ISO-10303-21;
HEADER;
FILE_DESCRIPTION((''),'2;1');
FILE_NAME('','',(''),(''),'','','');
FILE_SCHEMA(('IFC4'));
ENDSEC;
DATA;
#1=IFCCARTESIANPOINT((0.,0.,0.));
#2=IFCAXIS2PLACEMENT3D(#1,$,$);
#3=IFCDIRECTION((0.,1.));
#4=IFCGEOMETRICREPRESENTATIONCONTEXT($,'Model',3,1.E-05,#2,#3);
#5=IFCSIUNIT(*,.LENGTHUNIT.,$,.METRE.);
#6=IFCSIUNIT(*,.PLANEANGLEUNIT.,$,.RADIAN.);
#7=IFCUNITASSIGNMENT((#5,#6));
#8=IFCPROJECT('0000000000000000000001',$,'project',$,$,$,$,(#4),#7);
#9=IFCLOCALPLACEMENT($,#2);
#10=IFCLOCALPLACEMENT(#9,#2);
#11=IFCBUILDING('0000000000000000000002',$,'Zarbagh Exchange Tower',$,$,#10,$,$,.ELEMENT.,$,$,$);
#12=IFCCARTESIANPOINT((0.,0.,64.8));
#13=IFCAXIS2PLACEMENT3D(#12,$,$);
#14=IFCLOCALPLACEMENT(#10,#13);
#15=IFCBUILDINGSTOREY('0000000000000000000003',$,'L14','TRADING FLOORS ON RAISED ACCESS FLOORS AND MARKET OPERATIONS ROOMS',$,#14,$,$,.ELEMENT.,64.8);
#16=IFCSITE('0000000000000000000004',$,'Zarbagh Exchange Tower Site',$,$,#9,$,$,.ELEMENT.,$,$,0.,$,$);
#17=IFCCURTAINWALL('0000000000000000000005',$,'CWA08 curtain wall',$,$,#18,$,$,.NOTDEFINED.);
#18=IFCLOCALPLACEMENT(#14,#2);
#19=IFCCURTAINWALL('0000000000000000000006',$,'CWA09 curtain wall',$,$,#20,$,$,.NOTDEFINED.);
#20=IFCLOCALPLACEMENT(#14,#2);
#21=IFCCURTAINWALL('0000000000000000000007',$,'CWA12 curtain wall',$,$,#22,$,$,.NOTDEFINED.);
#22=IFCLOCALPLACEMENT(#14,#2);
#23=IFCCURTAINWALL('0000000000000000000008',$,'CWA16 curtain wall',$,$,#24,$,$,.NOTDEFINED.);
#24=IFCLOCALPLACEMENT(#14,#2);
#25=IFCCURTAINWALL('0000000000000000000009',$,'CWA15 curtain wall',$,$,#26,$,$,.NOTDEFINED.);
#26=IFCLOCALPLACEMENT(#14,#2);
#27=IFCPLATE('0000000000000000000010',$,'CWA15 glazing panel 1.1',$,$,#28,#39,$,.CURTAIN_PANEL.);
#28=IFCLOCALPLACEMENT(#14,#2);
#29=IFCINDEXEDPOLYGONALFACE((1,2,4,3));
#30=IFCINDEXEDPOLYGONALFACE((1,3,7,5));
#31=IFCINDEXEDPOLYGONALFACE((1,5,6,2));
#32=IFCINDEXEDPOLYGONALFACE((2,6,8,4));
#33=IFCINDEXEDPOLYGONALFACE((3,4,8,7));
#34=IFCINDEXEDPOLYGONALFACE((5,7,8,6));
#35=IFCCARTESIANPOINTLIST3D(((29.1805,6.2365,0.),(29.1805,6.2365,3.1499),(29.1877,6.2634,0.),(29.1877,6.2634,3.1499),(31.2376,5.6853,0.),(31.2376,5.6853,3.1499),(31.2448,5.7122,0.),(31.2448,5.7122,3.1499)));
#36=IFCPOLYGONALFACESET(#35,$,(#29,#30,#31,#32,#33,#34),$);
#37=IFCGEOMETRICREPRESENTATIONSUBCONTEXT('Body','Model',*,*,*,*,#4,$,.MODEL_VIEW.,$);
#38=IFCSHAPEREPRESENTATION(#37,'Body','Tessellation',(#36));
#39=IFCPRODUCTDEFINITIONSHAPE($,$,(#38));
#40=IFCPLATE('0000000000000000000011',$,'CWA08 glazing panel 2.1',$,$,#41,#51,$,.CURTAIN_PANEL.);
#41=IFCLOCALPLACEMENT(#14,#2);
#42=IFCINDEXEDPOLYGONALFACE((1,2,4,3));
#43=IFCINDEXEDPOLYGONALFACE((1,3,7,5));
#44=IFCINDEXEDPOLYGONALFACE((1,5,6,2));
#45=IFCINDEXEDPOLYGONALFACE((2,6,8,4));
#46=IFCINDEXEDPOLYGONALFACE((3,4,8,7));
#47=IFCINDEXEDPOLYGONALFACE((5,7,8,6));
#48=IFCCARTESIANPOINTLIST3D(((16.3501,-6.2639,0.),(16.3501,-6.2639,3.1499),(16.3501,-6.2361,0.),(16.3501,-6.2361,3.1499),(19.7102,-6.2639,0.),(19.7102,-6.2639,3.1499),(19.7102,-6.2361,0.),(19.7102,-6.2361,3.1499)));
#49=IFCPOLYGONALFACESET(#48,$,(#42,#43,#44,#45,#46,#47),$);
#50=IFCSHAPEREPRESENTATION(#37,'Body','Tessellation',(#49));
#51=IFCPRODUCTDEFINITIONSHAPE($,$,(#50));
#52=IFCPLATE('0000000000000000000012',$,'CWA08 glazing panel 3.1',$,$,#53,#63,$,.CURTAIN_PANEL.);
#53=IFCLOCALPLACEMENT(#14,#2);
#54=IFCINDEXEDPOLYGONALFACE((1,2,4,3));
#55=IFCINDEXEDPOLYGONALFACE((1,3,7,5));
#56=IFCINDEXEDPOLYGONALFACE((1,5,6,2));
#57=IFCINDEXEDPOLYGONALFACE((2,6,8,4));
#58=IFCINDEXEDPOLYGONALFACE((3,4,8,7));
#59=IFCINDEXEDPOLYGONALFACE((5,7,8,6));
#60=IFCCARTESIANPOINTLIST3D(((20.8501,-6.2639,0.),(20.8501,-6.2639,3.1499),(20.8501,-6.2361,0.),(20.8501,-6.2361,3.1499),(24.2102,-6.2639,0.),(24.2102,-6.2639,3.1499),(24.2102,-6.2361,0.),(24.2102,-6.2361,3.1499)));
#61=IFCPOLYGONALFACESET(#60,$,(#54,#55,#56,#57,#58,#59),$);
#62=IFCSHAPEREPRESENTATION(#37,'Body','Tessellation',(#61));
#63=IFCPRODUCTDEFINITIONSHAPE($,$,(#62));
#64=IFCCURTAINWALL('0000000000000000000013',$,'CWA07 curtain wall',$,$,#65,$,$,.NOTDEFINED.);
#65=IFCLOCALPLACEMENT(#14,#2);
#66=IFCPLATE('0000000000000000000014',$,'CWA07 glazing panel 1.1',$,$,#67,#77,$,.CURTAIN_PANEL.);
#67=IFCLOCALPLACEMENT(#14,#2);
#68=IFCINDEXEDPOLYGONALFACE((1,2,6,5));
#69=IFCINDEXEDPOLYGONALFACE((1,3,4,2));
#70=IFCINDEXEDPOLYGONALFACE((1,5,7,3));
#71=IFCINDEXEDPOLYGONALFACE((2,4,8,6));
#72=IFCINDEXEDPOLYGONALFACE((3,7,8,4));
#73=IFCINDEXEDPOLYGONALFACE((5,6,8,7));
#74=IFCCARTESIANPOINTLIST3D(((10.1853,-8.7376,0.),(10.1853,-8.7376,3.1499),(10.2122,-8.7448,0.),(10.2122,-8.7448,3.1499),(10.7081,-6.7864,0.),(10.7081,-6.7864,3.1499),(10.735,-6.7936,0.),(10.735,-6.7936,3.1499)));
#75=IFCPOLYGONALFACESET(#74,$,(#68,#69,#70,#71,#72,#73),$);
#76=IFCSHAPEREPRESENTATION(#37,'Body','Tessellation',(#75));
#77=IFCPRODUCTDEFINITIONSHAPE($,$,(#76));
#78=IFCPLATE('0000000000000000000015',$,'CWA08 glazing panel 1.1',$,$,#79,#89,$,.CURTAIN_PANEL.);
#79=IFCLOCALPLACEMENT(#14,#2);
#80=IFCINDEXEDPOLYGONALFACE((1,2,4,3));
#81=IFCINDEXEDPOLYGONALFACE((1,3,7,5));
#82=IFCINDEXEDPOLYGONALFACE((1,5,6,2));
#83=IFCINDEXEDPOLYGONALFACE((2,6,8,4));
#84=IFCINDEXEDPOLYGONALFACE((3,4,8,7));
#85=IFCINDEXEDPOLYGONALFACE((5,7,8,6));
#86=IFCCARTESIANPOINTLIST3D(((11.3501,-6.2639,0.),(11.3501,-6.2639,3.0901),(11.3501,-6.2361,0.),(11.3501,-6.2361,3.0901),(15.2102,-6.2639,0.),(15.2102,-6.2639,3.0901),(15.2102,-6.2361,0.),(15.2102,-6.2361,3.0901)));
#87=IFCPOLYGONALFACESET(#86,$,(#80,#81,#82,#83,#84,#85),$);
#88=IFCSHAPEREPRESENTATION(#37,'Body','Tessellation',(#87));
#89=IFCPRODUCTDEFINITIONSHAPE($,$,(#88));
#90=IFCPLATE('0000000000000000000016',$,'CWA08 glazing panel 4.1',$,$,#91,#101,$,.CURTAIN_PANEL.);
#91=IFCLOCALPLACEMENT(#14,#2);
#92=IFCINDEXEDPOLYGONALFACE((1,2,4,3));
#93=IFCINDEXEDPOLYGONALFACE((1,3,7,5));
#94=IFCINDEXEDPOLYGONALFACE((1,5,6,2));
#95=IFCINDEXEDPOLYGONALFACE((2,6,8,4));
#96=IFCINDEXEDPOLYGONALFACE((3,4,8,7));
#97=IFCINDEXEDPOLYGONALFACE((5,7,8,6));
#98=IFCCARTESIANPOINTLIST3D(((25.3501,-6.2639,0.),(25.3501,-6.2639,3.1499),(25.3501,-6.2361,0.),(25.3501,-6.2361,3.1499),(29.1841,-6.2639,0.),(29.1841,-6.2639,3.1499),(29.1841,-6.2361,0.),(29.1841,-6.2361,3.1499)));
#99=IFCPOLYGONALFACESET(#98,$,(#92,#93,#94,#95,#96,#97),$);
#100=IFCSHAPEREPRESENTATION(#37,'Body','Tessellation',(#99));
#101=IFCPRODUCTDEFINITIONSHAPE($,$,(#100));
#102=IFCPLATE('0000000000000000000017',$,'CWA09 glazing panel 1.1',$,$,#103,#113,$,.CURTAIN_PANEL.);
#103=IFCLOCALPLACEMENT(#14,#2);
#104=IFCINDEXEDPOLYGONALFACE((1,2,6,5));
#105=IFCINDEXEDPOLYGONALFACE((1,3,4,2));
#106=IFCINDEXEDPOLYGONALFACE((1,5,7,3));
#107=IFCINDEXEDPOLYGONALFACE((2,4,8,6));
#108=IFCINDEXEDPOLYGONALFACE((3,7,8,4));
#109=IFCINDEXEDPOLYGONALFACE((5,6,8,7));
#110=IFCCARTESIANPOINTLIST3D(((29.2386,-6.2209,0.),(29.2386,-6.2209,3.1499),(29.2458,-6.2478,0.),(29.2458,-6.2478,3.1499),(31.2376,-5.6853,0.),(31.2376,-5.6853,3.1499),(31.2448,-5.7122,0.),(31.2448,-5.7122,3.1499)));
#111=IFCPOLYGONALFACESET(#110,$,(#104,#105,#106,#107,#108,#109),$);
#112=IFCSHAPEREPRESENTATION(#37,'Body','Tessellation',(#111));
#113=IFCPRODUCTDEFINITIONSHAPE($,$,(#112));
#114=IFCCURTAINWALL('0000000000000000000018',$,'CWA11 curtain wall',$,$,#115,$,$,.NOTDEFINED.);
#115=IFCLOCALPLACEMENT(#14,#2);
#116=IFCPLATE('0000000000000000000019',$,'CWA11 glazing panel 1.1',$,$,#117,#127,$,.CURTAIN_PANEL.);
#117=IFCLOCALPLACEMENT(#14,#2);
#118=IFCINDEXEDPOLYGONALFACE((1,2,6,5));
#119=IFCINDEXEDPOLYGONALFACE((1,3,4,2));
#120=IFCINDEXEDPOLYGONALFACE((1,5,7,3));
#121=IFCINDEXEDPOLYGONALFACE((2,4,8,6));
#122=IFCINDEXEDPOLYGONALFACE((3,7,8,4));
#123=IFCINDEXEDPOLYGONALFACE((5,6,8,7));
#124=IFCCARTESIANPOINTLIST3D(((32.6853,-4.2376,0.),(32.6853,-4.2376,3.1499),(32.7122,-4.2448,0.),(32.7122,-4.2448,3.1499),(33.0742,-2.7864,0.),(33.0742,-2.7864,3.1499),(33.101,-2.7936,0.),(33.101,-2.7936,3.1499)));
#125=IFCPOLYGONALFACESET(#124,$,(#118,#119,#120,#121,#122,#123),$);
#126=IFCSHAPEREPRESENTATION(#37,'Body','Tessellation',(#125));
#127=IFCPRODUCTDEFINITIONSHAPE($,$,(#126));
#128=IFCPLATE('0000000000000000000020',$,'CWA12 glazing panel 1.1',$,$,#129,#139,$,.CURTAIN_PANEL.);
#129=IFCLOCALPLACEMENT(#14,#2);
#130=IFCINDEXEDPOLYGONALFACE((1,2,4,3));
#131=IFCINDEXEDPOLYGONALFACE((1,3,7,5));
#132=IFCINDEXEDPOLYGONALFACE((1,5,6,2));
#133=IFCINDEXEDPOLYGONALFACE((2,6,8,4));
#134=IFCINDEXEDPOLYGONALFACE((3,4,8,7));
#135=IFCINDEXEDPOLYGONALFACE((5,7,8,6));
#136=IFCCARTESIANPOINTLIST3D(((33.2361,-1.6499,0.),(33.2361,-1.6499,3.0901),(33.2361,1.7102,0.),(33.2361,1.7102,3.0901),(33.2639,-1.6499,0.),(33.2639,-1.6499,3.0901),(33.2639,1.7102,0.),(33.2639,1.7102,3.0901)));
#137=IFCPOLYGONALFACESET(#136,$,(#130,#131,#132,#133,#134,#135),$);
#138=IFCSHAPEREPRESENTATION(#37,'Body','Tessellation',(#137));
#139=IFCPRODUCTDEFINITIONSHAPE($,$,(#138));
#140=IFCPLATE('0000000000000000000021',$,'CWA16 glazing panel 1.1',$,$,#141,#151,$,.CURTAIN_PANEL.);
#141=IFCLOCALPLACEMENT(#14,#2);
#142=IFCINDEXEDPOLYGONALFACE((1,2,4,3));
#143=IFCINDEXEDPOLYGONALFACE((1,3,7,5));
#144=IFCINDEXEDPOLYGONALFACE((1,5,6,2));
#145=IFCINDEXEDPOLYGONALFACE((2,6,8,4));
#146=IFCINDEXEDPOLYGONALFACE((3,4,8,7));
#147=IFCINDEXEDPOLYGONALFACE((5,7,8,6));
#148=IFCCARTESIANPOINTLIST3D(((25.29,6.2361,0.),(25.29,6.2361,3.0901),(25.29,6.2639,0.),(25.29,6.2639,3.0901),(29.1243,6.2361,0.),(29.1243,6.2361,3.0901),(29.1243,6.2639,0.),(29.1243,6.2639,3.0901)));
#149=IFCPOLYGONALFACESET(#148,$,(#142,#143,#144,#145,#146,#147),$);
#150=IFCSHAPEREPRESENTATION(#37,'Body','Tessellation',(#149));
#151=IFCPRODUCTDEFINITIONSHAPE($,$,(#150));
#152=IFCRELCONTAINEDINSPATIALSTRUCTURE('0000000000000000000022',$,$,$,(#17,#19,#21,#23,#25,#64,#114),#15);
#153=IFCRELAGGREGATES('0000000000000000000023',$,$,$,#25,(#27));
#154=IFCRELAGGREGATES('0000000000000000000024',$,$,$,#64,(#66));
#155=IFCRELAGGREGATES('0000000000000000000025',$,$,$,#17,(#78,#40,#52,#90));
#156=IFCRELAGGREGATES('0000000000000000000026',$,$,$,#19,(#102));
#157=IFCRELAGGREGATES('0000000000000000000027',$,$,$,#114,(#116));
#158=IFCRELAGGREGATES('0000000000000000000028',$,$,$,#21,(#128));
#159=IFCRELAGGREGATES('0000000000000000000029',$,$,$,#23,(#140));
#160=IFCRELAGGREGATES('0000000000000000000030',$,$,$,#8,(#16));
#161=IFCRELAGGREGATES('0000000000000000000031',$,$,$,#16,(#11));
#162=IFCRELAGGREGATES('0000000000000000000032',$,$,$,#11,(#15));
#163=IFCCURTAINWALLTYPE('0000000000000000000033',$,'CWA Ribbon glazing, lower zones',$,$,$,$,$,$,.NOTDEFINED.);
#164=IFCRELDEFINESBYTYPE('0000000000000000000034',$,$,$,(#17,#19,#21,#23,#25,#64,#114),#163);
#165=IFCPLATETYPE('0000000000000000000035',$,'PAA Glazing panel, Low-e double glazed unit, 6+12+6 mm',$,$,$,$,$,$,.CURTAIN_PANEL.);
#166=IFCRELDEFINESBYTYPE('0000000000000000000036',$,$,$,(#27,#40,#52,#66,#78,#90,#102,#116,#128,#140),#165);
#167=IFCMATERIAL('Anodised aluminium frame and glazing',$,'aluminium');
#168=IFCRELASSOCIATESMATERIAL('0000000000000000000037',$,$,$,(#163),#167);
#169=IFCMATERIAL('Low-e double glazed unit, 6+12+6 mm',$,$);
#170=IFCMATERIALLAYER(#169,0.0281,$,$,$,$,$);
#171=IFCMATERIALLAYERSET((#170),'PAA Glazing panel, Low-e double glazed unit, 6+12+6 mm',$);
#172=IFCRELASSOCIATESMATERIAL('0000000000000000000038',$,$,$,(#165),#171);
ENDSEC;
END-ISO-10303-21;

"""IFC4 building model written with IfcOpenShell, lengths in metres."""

from ifc_helpers import new_model, si_unit, direction, frame, origin, place, context, subcontext, project, spatial, polyline, outline, extrude, source, transform, mapped, material, layer, layer_set, type_object, element, aggregate, save


model = new_model("IFC4")

# Units and contexts
model_context = context("Model", 3, precision=1e-05, world=origin(), true_north=direction((0.0, 1.0)))
body_context = subcontext(model_context, "Body", "Model", "MODEL_VIEW")
ifc_project = project(units=[si_unit("LENGTHUNIT", "METRE"), si_unit("PLANEANGLEUNIT", "RADIAN")], contexts=[model_context])

# Site, building, storey
site_placement = place(None, origin())
site = spatial("IfcSite", under=ifc_project, at=site_placement, Name="Zarbagh Exchange Tower Site", CompositionType="ELEMENT", RefElevation=0.0)
building_placement = place(site_placement, origin())
building = spatial("IfcBuilding", under=site, at=building_placement, Name="Zarbagh Exchange Tower", CompositionType="ELEMENT")
storey_placement = place(building_placement, frame((0.0, 0.0, 64.8)))
storey = spatial("IfcBuildingStorey", under=building, at=storey_placement, Name="L14", Description="TRADING FLOORS ON RAISED ACCESS FLOORS AND MARKET OPERATIONS ROOMS", CompositionType="ELEMENT", Elevation=64.8)

# Curtain wall
ifc_material_1 = material(Name="Anodised aluminium frame and glazing", Category="aluminium")
curtain_wall_type = type_object("IfcCurtainWallType", Name="CWA Ribbon glazing, lower zones", PredefinedType="NOTDEFINED", material=ifc_material_1)
curtain_wall_1_placement = place(storey_placement, origin())
curtain_wall_1 = element("IfcCurtainWall", 1, at=curtain_wall_1_placement, inside=storey, type_object=curtain_wall_type, Name="CWA08 curtain wall", PredefinedType="NOTDEFINED")
placement = place(storey_placement, origin())

# Curtain walls
curtain_wall_2_placement = place(storey_placement, origin())
curtain_wall_2 = element("IfcCurtainWall", 2, at=curtain_wall_2_placement, inside=storey, type_object=curtain_wall_type, Name="CWA09 curtain wall", PredefinedType="NOTDEFINED")
curtain_wall_3_placement = place(storey_placement, origin())
curtain_wall_3 = element("IfcCurtainWall", 3, at=curtain_wall_3_placement, inside=storey, type_object=curtain_wall_type, Name="CWA12 curtain wall", PredefinedType="NOTDEFINED")
curtain_wall_4_placement = place(storey_placement, origin())
curtain_wall_4 = element("IfcCurtainWall", 4, at=curtain_wall_4_placement, inside=storey, type_object=curtain_wall_type, Name="CWA16 curtain wall", PredefinedType="NOTDEFINED")

# Shared definitions
ifc_material_2 = material(Name="Low-e double glazed unit, 6+12+6 mm")
ifc_layer = layer(ifc_material_2, 0.0281)
ifc_layer_set = layer_set([ifc_layer], Name="PAA Glazing panel, Low-e double glazed unit, 6+12+6 mm")
plate_type = type_object("IfcPlateType", Name="PAA Glazing panel, Low-e double glazed unit, 6+12+6 mm", PredefinedType="CURTAIN_PANEL", material=ifc_layer_set)

# Curtain wall, plate
curtain_wall_5_placement = place(storey_placement, origin())
curtain_wall_5 = element("IfcCurtainWall", 5, at=curtain_wall_5_placement, inside=storey, type_object=curtain_wall_type, Name="CWA15 curtain wall", PredefinedType="NOTDEFINED")
shared_shape_1 = source(origin(), body_context, "Body", "SweptSolid", [
    extrude(outline(polyline([(0.0, -0.0139), (2.1296, -0.0139), (2.1296, 0.0139), (0.0, 0.0139), (0.0, -0.0139)])), origin(), (0.0, 0.0, 1.0), 3.1499),
])
plate_1 = element("IfcPlate", 6, at=placement, type_object=plate_type, Name="CWA15 glazing panel 1.1", PredefinedType="CURTAIN_PANEL", context=body_context, shape_type="MappedRepresentation", body=[
    mapped(shared_shape_1, transform((31.2412, 5.6987, 0.0), x_axis=(-0.965924, 0.258825, 0.0), y_axis=(-0.258825, -0.965924, 0.0), z_axis=(0.0, 0.0, 1.0))),
])
aggregate(curtain_wall_5, [plate_1])

# Plates
shared_shape_2 = source(origin(), body_context, "Body", "SweptSolid", [
    extrude(outline(polyline([(0.0, -0.0139), (3.3601, -0.0139), (3.3601, 0.0139), (0.0, 0.0139), (0.0, -0.0139)])), origin(), (0.0, 0.0, 1.0), 3.1499),
])
plate_2 = element("IfcPlate", 7, at=placement, type_object=plate_type, Name="CWA08 glazing panel 2.1", PredefinedType="CURTAIN_PANEL", context=body_context, shape_type="MappedRepresentation", body=[
    mapped(shared_shape_2, transform((16.3501, -6.25, 0.0), x_axis=(1.0, 0.0, 0.0), y_axis=(0.0, 1.0, 0.0), z_axis=(0.0, 0.0, 1.0))),
])
plate_3 = element("IfcPlate", 8, at=placement, type_object=plate_type, Name="CWA08 glazing panel 3.1", PredefinedType="CURTAIN_PANEL", context=body_context, shape_type="MappedRepresentation", body=[
    mapped(shared_shape_2, transform((20.8501, -6.25, 0.0), x_axis=(1.0, 0.0, 0.0), y_axis=(0.0, 1.0, 0.0), z_axis=(0.0, 0.0, 1.0))),
])

# Curtain wall, plate
curtain_wall_6_placement = place(storey_placement, origin())
curtain_wall_6 = element("IfcCurtainWall", 9, at=curtain_wall_6_placement, inside=storey, type_object=curtain_wall_type, Name="CWA07 curtain wall", PredefinedType="NOTDEFINED")
shared_shape_3 = source(origin(), body_context, "Body", "SweptSolid", [
    extrude(outline(polyline([(0.0, -0.0139), (2.02, -0.0139), (2.02, 0.0139), (0.0, 0.0139), (0.0, -0.0139)])), origin(), (0.0, 0.0, 1.0), 3.1499),
])
plate_4 = element("IfcPlate", 10, at=placement, type_object=plate_type, Name="CWA07 glazing panel 1.1", PredefinedType="CURTAIN_PANEL", context=body_context, shape_type="MappedRepresentation", body=[
    mapped(shared_shape_3, transform((10.1987, -8.7412, 0.0), x_axis=(0.258825, 0.965924, 0.0), y_axis=(-0.965924, 0.258825, 0.0), z_axis=(0.0, 0.0, 1.0))),
])
aggregate(curtain_wall_6, [plate_4])

# Plates
shared_shape_4 = source(origin(), body_context, "Body", "SweptSolid", [
    extrude(outline(polyline([(0.0, -0.0139), (3.8601, -0.0139), (3.8601, 0.0139), (0.0, 0.0139), (0.0, -0.0139)])), origin(), (0.0, 0.0, 1.0), 3.0901),
])
plate_5 = element("IfcPlate", 11, at=placement, type_object=plate_type, Name="CWA08 glazing panel 1.1", PredefinedType="CURTAIN_PANEL", context=body_context, shape_type="MappedRepresentation", body=[
    mapped(shared_shape_4, transform((11.3501, -6.25, 0.0), x_axis=(1.0, 0.0, 0.0), y_axis=(0.0, 1.0, 0.0), z_axis=(0.0, 0.0, 1.0))),
])
shared_shape_5 = source(origin(), body_context, "Body", "SweptSolid", [
    extrude(outline(polyline([(0.0, -0.0139), (3.834, -0.0139), (3.834, 0.0139), (0.0, 0.0139), (0.0, -0.0139)])), origin(), (0.0, 0.0, 1.0), 3.1499),
])
plate_6 = element("IfcPlate", 12, at=placement, type_object=plate_type, Name="CWA08 glazing panel 4.1", PredefinedType="CURTAIN_PANEL", context=body_context, shape_type="MappedRepresentation", body=[
    mapped(shared_shape_5, transform((25.3501, -6.25, 0.0), x_axis=(1.0, 0.0, 0.0), y_axis=(0.0, 1.0, 0.0), z_axis=(0.0, 0.0, 1.0))),
])
aggregate(curtain_wall_1, [plate_5, plate_2, plate_3, plate_6])
shared_shape_6 = source(origin(), body_context, "Body", "SweptSolid", [
    extrude(outline(polyline([(0.0, -0.0139), (2.0696, -0.0139), (2.0696, 0.0139), (0.0, 0.0139), (0.0, -0.0139)])), origin(), (0.0, 0.0, 1.0), 3.1499),
])
plate_7 = element("IfcPlate", 13, at=placement, type_object=plate_type, Name="CWA09 glazing panel 1.1", PredefinedType="CURTAIN_PANEL", context=body_context, shape_type="MappedRepresentation", body=[
    mapped(shared_shape_6, transform((29.2422, -6.2344, 0.0), x_axis=(0.965924, 0.258825, 0.0), y_axis=(-0.258825, 0.965924, 0.0), z_axis=(0.0, 0.0, 1.0))),
])
aggregate(curtain_wall_2, [plate_7])

# Curtain wall, plate
curtain_wall_7_placement = place(storey_placement, origin())
curtain_wall_7 = element("IfcCurtainWall", 14, at=curtain_wall_7_placement, inside=storey, type_object=curtain_wall_type, Name="CWA11 curtain wall", PredefinedType="NOTDEFINED")
shared_shape_7 = source(origin(), body_context, "Body", "SweptSolid", [
    extrude(outline(polyline([(0.0, -0.0139), (1.5024, -0.0139), (1.5024, 0.0139), (0.0, 0.0139), (0.0, -0.0139)])), origin(), (0.0, 0.0, 1.0), 3.1499),
])
plate_8 = element("IfcPlate", 15, at=placement, type_object=plate_type, Name="CWA11 glazing panel 1.1", PredefinedType="CURTAIN_PANEL", context=body_context, shape_type="MappedRepresentation", body=[
    mapped(shared_shape_7, transform((32.6987, -4.2412, 0.0), x_axis=(0.258825, 0.965924, 0.0), y_axis=(-0.965924, 0.258825, 0.0), z_axis=(0.0, 0.0, 1.0))),
])
aggregate(curtain_wall_7, [plate_8])

# Plates
shared_shape_8 = source(origin(), body_context, "Body", "SweptSolid", [
    extrude(outline(polyline([(0.0, -0.0139), (3.3601, -0.0139), (3.3601, 0.0139), (0.0, 0.0139), (0.0, -0.0139)])), origin(), (0.0, 0.0, 1.0), 3.0901),
])
plate_9 = element("IfcPlate", 16, at=placement, type_object=plate_type, Name="CWA12 glazing panel 1.1", PredefinedType="CURTAIN_PANEL", context=body_context, shape_type="MappedRepresentation", body=[
    mapped(shared_shape_8, transform((33.25, -1.6499, 0.0), x_axis=(0.0, 1.0, 0.0), y_axis=(-1.0, 0.0, 0.0), z_axis=(0.0, 0.0, 1.0))),
])
aggregate(curtain_wall_3, [plate_9])
shared_shape_9 = source(origin(), body_context, "Body", "SweptSolid", [
    extrude(outline(polyline([(0.0, -0.0139), (3.8342, -0.0139), (3.8342, 0.0139), (0.0, 0.0139), (0.0, -0.0139)])), origin(), (0.0, 0.0, 1.0), 3.0901),
])
plate_10 = element("IfcPlate", 17, at=placement, type_object=plate_type, Name="CWA16 glazing panel 1.1", PredefinedType="CURTAIN_PANEL", context=body_context, shape_type="MappedRepresentation", body=[
    mapped(shared_shape_9, transform((29.1243, 6.25, 0.0), x_axis=(-1.0, 0.0, 0.0), y_axis=(0.0, -1.0, 0.0), z_axis=(0.0, 0.0, 1.0))),
])
aggregate(curtain_wall_4, [plate_10])

save(model, "model.ifc")
